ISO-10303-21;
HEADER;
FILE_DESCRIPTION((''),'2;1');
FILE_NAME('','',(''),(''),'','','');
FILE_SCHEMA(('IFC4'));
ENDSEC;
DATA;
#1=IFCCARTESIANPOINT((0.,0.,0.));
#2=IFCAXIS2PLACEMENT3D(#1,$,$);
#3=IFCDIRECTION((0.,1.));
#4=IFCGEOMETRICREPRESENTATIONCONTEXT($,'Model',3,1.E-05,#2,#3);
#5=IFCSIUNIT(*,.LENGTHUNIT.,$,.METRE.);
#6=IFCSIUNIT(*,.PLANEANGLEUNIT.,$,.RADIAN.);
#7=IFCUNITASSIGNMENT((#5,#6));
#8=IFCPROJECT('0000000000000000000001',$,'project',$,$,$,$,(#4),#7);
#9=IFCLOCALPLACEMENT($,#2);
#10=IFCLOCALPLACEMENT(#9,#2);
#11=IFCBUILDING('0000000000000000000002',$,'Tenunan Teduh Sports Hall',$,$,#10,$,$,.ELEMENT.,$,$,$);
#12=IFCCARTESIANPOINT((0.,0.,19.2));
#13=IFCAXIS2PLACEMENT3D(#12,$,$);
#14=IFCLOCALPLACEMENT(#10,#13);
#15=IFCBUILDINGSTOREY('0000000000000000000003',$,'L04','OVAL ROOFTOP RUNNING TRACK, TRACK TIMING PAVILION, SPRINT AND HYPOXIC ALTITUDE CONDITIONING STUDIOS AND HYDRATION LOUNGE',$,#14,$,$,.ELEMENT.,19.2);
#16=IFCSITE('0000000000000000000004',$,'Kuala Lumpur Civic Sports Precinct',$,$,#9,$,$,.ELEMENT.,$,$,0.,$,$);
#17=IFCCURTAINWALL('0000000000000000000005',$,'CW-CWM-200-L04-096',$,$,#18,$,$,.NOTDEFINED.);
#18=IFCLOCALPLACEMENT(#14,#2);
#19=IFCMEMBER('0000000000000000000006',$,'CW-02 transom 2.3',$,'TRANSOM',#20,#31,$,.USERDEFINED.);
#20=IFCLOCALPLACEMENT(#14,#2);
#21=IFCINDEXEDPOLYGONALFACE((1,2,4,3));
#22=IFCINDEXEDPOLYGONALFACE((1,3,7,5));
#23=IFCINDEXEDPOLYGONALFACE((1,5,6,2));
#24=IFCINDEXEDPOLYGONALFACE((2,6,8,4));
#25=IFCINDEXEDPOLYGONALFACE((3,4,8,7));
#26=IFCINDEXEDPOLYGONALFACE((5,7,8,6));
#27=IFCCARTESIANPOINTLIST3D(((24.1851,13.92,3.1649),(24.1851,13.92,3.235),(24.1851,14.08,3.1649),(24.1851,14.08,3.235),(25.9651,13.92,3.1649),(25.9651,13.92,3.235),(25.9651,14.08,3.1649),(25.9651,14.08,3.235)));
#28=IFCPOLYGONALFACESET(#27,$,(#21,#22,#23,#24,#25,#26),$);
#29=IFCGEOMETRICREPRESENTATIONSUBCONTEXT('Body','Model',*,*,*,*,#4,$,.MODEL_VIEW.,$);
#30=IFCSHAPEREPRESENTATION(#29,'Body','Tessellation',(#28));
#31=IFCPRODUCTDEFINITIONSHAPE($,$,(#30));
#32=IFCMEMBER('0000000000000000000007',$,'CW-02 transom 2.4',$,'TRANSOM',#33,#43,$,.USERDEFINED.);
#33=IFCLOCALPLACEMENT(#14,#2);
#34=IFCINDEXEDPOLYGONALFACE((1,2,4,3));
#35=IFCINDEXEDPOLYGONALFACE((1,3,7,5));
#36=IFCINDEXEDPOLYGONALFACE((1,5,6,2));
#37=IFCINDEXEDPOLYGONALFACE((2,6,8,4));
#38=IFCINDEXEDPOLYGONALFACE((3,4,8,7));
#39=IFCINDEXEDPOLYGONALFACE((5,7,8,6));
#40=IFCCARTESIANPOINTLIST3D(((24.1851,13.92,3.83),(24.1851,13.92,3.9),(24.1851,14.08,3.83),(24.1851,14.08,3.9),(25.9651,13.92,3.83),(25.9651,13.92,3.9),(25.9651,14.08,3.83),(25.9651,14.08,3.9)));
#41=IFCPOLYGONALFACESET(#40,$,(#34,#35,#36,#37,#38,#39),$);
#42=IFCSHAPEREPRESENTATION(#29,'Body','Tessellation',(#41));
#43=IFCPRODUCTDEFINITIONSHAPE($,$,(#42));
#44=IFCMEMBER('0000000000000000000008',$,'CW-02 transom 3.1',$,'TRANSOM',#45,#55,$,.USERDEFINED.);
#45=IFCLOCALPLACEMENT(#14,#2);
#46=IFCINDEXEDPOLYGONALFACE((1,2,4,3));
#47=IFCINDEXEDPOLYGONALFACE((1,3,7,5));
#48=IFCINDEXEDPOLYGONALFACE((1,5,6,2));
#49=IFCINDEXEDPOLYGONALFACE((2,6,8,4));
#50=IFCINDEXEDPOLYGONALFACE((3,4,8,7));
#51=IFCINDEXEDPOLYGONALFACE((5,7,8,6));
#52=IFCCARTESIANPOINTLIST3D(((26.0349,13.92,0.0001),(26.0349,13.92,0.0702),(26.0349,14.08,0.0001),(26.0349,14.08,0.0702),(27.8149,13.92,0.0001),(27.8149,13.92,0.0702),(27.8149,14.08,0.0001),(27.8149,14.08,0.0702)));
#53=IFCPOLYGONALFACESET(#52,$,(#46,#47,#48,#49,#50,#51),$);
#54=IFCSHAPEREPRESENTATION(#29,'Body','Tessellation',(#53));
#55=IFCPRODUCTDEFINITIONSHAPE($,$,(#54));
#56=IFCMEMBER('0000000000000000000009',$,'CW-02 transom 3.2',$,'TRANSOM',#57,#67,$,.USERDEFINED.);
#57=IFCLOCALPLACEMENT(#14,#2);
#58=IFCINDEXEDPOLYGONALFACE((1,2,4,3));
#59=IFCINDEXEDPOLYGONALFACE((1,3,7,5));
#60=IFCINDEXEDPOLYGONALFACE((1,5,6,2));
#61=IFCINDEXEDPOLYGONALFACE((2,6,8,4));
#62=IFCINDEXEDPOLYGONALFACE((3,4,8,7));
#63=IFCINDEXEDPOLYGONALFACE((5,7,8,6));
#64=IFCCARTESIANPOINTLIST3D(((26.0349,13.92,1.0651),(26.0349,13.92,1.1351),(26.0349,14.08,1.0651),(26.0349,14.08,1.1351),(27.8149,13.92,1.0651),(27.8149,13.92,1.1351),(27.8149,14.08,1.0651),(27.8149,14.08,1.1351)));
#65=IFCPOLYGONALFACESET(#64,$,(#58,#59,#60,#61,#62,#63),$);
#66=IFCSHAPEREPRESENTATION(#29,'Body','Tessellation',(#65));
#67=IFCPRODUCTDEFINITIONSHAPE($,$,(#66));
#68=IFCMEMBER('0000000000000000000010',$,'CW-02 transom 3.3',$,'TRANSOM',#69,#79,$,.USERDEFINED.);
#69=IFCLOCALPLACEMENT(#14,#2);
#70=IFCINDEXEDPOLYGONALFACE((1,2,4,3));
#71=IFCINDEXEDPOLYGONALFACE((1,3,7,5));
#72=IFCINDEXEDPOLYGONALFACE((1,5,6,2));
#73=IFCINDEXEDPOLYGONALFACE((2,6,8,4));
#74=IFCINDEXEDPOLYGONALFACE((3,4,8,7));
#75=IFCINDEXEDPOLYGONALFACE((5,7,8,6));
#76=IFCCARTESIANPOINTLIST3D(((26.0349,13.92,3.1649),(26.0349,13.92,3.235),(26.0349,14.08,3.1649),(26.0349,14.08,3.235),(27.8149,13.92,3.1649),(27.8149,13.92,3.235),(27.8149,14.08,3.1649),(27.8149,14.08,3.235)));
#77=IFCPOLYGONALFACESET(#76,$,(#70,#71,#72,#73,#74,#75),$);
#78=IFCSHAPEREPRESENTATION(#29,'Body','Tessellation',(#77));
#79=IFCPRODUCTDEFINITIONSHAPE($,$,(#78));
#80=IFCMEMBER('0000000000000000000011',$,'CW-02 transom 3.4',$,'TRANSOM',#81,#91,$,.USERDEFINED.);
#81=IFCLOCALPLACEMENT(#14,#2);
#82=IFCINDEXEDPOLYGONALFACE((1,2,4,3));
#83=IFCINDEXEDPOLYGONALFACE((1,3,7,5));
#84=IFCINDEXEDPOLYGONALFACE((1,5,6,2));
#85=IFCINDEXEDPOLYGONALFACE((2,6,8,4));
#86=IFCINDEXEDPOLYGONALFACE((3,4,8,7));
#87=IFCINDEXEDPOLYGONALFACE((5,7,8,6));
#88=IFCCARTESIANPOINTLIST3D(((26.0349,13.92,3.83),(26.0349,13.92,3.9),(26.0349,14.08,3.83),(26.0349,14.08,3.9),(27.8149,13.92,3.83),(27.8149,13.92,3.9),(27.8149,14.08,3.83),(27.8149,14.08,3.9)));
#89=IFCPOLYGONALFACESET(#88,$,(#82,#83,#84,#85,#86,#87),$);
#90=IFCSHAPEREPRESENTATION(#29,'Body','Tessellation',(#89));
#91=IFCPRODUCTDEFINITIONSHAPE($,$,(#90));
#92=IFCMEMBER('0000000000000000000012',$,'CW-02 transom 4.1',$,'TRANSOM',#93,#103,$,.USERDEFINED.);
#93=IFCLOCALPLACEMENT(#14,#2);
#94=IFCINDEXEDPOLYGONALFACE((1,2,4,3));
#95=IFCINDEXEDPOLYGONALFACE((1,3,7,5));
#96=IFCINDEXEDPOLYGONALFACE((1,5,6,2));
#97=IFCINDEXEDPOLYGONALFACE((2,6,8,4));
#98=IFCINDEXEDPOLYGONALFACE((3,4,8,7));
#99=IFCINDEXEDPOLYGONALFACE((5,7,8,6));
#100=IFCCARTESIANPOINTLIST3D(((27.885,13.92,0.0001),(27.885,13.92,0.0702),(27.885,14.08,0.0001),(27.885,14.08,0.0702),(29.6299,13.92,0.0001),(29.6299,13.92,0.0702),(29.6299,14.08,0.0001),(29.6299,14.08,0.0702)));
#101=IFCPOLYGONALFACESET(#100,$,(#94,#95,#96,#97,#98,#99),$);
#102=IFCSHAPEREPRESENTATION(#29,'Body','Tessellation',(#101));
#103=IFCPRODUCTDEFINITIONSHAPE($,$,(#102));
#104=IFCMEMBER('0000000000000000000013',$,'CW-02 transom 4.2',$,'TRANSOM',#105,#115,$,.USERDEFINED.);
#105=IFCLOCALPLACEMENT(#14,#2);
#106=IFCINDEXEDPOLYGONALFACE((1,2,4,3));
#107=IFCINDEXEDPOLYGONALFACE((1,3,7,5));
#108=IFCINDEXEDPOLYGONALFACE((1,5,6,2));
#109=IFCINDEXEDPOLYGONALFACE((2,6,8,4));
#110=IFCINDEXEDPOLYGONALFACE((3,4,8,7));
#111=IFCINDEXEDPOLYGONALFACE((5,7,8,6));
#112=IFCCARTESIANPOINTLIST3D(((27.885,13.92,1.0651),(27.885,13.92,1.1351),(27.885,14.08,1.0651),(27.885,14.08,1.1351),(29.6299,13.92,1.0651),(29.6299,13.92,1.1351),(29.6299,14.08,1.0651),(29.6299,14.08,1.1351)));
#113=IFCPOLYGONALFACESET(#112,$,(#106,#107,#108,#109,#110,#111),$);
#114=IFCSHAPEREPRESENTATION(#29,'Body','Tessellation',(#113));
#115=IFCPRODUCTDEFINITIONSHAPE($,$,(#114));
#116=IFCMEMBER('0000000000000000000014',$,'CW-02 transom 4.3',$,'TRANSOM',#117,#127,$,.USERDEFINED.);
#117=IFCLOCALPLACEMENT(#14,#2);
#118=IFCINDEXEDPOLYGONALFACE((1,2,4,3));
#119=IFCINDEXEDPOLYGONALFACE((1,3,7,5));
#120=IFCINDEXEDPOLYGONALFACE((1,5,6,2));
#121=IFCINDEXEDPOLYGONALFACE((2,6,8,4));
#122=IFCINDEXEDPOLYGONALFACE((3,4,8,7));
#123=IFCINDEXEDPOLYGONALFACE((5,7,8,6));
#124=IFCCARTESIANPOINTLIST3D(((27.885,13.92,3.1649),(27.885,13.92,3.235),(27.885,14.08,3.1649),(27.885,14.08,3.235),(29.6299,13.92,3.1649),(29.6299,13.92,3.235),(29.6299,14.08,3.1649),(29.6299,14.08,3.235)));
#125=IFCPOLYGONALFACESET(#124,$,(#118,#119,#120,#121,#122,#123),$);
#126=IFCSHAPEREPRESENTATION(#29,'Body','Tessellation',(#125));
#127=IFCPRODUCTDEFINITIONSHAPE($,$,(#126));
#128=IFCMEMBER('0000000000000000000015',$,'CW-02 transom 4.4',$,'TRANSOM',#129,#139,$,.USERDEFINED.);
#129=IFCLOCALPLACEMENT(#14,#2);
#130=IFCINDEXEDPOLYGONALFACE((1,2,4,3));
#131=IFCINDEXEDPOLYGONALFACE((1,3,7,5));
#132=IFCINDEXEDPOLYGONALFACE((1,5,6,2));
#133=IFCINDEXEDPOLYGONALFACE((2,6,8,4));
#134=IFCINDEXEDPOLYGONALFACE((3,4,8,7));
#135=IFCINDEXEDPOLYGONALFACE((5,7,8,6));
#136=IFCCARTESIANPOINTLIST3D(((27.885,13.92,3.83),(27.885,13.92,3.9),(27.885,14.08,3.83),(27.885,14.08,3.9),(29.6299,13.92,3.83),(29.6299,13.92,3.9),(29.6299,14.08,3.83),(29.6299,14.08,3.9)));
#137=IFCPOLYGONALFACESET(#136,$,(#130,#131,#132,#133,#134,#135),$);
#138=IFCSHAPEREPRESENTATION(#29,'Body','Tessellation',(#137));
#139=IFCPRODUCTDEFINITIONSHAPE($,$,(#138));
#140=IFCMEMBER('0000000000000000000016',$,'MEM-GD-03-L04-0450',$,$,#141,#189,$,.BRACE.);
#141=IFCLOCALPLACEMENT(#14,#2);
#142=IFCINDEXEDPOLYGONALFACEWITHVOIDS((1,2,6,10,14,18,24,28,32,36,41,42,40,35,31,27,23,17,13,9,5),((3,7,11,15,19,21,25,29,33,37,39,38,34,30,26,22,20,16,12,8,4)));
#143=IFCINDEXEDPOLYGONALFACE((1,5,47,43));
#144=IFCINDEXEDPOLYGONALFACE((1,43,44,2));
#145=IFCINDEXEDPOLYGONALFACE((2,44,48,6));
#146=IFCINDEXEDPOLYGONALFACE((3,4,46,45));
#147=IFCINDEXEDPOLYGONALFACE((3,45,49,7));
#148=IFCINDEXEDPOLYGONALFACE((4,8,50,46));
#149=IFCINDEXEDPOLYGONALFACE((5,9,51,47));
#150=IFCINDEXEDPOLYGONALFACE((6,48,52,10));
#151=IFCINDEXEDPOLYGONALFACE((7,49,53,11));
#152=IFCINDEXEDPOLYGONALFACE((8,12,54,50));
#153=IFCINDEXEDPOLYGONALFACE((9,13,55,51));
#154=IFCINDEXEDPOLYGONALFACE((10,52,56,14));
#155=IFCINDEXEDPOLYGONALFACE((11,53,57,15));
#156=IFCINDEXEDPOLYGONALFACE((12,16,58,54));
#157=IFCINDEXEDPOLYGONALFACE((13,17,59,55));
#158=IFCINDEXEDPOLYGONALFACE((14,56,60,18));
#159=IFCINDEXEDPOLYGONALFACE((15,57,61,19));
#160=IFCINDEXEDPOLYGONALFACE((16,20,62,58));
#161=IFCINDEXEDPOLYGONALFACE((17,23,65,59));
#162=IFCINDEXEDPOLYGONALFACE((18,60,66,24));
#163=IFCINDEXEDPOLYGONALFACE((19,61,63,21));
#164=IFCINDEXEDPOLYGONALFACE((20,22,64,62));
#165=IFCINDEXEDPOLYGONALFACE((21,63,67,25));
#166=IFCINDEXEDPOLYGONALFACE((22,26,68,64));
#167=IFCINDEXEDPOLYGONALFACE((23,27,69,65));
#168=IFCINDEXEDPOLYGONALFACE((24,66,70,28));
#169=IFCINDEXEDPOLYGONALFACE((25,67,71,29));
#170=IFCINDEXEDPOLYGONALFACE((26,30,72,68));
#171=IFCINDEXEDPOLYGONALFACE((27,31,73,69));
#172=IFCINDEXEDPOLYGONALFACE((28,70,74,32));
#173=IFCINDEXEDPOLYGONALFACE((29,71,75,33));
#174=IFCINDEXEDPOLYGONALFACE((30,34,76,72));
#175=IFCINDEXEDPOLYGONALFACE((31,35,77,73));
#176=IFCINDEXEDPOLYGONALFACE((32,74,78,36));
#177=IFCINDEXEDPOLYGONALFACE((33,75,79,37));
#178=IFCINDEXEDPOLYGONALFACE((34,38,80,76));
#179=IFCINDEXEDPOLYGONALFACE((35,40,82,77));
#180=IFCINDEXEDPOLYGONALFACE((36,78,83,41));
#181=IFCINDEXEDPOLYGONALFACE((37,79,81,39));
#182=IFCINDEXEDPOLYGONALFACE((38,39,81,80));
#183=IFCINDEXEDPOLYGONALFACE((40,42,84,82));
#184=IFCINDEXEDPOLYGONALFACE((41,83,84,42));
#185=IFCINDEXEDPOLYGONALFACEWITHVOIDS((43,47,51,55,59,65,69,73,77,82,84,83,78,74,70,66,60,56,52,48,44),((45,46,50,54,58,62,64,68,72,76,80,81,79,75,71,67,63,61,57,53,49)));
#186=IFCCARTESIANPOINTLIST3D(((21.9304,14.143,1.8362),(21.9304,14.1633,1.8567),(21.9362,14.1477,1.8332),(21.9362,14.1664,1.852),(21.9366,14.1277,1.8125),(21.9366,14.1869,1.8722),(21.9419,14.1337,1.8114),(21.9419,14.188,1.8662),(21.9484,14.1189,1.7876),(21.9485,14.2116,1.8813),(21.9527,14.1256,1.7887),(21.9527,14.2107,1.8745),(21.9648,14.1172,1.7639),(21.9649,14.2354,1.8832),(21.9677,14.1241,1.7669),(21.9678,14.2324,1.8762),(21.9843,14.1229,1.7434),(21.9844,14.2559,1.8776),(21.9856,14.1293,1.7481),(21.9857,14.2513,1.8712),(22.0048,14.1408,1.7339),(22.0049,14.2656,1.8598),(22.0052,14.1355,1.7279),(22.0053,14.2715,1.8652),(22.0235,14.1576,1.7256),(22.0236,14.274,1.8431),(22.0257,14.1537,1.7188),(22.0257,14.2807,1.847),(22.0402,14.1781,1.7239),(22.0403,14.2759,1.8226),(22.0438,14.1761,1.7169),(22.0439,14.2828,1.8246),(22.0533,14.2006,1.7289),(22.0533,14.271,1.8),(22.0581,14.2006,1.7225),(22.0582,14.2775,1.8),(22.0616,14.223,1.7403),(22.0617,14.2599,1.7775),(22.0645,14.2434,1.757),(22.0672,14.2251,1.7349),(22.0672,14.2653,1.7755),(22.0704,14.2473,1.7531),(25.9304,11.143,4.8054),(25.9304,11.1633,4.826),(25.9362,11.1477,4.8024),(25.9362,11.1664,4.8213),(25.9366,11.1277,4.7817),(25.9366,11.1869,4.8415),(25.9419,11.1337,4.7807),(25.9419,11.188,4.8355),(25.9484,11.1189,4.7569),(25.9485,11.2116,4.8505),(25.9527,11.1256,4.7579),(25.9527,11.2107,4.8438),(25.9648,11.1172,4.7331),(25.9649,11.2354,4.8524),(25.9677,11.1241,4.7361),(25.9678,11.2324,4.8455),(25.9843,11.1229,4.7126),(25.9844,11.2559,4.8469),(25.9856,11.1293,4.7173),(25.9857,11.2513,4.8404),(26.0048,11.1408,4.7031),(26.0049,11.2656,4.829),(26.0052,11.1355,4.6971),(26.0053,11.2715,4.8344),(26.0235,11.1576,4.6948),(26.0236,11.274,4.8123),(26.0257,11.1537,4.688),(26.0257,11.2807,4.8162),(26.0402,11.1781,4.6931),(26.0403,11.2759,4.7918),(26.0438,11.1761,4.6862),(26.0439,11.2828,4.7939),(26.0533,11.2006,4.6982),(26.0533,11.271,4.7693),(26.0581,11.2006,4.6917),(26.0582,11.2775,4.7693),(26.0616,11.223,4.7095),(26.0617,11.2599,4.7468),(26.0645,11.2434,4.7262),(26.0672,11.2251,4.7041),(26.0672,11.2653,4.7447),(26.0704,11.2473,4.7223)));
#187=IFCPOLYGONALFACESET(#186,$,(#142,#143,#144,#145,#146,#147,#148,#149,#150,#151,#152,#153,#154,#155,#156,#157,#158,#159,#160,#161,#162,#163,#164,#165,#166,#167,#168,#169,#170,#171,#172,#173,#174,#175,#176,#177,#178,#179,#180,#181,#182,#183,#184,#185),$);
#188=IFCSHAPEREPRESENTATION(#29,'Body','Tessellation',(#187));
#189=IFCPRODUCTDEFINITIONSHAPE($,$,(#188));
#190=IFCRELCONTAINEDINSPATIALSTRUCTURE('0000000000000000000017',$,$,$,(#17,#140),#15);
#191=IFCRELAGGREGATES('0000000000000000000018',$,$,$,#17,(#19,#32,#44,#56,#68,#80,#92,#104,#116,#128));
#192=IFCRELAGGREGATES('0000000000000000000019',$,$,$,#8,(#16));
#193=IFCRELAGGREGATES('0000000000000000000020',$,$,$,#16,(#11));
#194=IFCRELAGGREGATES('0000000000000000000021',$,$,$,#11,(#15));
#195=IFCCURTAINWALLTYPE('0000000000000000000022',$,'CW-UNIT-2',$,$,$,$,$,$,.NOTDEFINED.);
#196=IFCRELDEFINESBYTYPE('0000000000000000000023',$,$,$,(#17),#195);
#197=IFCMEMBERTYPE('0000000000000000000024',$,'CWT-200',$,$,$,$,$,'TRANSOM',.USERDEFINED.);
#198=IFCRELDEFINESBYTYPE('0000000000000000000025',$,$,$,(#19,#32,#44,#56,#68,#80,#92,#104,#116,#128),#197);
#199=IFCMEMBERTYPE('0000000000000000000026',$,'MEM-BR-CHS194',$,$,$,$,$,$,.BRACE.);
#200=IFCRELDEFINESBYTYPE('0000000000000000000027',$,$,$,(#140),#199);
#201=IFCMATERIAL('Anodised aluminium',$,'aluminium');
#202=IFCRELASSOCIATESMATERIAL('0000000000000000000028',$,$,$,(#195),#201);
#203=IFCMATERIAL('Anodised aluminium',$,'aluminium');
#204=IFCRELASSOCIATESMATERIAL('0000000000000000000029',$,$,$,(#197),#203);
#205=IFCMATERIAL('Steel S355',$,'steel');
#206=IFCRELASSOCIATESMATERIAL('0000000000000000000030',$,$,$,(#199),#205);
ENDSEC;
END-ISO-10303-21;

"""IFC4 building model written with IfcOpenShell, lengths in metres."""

from ifc_helpers import new_model, si_unit, direction, frame, origin, origin_2d, place, context, subcontext, project, spatial, rectangle, hollow_circle, extrude, material, material_profile, profile_set, type_object, element, aggregate, save


model = new_model("IFC4")

# Units and contexts
model_context = context("Model", 3, precision=1e-05, world=origin(), true_north=direction((0.0, 1.0)))
body_context = subcontext(model_context, "Body", "Model", "MODEL_VIEW")
ifc_project = project(units=[si_unit("LENGTHUNIT", "METRE"), si_unit("PLANEANGLEUNIT", "RADIAN")], contexts=[model_context])

# Site, building, storey
site_placement = place(None, origin())
site = spatial("IfcSite", under=ifc_project, at=site_placement, Name="Kuala Lumpur Civic Sports Precinct", CompositionType="ELEMENT", RefElevation=0.0)
building_placement = place(site_placement, origin())
building = spatial("IfcBuilding", under=site, at=building_placement, Name="Tenunan Teduh Sports Hall", CompositionType="ELEMENT")
storey_placement = place(building_placement, frame((0.0, 0.0, 19.2)))
storey = spatial("IfcBuildingStorey", under=building, at=storey_placement, Name="L04", Description="OVAL ROOFTOP RUNNING TRACK, TRACK TIMING PAVILION, SPRINT AND HYPOXIC ALTITUDE CONDITIONING STUDIOS AND HYDRATION LOUNGE", CompositionType="ELEMENT", Elevation=19.2)

# Curtain wall, members
ifc_material_1 = material(Name="Anodised aluminium", Category="aluminium")
curtain_wall_type = type_object("IfcCurtainWallType", Name="CW-UNIT-2", PredefinedType="NOTDEFINED", material=ifc_material_1)
curtain_wall_placement = place(storey_placement, origin())
curtain_wall = element("IfcCurtainWall", 1, at=curtain_wall_placement, inside=storey, type_object=curtain_wall_type, Name="CW-CWM-200-L04-096", PredefinedType="NOTDEFINED")
ifc_material_2 = material(Name="Anodised aluminium", Category="aluminium")
ifc_material_profile_1 = material_profile(ifc_material_2, rectangle(XDim=0.0701, YDim=0.1599, at=origin_2d()), Name="CWT 70x160")
ifc_profile_set_1 = profile_set([ifc_material_profile_1], Name="Anodised aluminium")
member_type_1 = type_object("IfcMemberType", Name="CWT-200", ElementType="TRANSOM", PredefinedType="USERDEFINED", material=ifc_profile_set_1)
member_1_placement = place(storey_placement, frame((24.1851, 14.0, 3.2), z_axis=(1.0, 0.0, 0.0), x_axis=(0.0, 0.0, 1.0)))
member_1 = element("IfcMember", 2, at=member_1_placement, type_object=member_type_1, Name="CW-02 transom 2.3", ObjectType="TRANSOM", PredefinedType="USERDEFINED", context=body_context, shape_type="SweptSolid", body=[
    extrude(rectangle(XDim=0.0701, YDim=0.1599, at=origin_2d()), origin(), (0.0, 0.0, 1.0), 1.78),
])
member_2_placement = place(storey_placement, frame((24.1851, 14.0, 3.865), z_axis=(1.0, 0.0, 0.0), x_axis=(0.0, 0.0, 1.0)))
member_2 = element("IfcMember", 3, at=member_2_placement, type_object=member_type_1, Name="CW-02 transom 2.4", ObjectType="TRANSOM", PredefinedType="USERDEFINED", context=body_context, shape_type="SweptSolid", body=[
    extrude(rectangle(XDim=0.0701, YDim=0.1599, at=origin_2d()), origin(), (0.0, 0.0, 1.0), 1.78),
])
member_3_placement = place(storey_placement, frame((26.0349, 14.0, 0.0352), z_axis=(1.0, 0.0, 0.0), x_axis=(0.0, 0.0, 1.0)))
member_3 = element("IfcMember", 4, at=member_3_placement, type_object=member_type_1, Name="CW-02 transom 3.1", ObjectType="TRANSOM", PredefinedType="USERDEFINED", context=body_context, shape_type="SweptSolid", body=[
    extrude(rectangle(XDim=0.0701, YDim=0.1599, at=origin_2d()), origin(), (0.0, 0.0, 1.0), 1.78),
])
member_4_placement = place(storey_placement, frame((26.0349, 14.0, 1.1001), z_axis=(1.0, 0.0, 0.0), x_axis=(0.0, 0.0, 1.0)))
member_4 = element("IfcMember", 5, at=member_4_placement, type_object=member_type_1, Name="CW-02 transom 3.2", ObjectType="TRANSOM", PredefinedType="USERDEFINED", context=body_context, shape_type="SweptSolid", body=[
    extrude(rectangle(XDim=0.0701, YDim=0.1599, at=origin_2d()), origin(), (0.0, 0.0, 1.0), 1.78),
])
member_5_placement = place(storey_placement, frame((26.0349, 14.0, 3.2), z_axis=(1.0, 0.0, 0.0), x_axis=(0.0, 0.0, 1.0)))
member_5 = element("IfcMember", 6, at=member_5_placement, type_object=member_type_1, Name="CW-02 transom 3.3", ObjectType="TRANSOM", PredefinedType="USERDEFINED", context=body_context, shape_type="SweptSolid", body=[
    extrude(rectangle(XDim=0.0701, YDim=0.1599, at=origin_2d()), origin(), (0.0, 0.0, 1.0), 1.78),
])
member_6_placement = place(storey_placement, frame((26.0349, 14.0, 3.865), z_axis=(1.0, 0.0, 0.0), x_axis=(0.0, 0.0, 1.0)))
member_6 = element("IfcMember", 7, at=member_6_placement, type_object=member_type_1, Name="CW-02 transom 3.4", ObjectType="TRANSOM", PredefinedType="USERDEFINED", context=body_context, shape_type="SweptSolid", body=[
    extrude(rectangle(XDim=0.0701, YDim=0.1599, at=origin_2d()), origin(), (0.0, 0.0, 1.0), 1.78),
])
member_7_placement = place(storey_placement, frame((27.885, 14.0, 0.0352), z_axis=(1.0, 0.0, 0.0), x_axis=(0.0, 0.0, 1.0)))
member_7 = element("IfcMember", 8, at=member_7_placement, type_object=member_type_1, Name="CW-02 transom 4.1", ObjectType="TRANSOM", PredefinedType="USERDEFINED", context=body_context, shape_type="SweptSolid", body=[
    extrude(rectangle(XDim=0.0701, YDim=0.1599, at=origin_2d()), origin(), (0.0, 0.0, 1.0), 1.7449),
])
member_8_placement = place(storey_placement, frame((27.885, 14.0, 1.1001), z_axis=(1.0, 0.0, 0.0), x_axis=(0.0, 0.0, 1.0)))
member_8 = element("IfcMember", 9, at=member_8_placement, type_object=member_type_1, Name="CW-02 transom 4.2", ObjectType="TRANSOM", PredefinedType="USERDEFINED", context=body_context, shape_type="SweptSolid", body=[
    extrude(rectangle(XDim=0.0701, YDim=0.1599, at=origin_2d()), origin(), (0.0, 0.0, 1.0), 1.7449),
])
member_9_placement = place(storey_placement, frame((27.885, 14.0, 3.2), z_axis=(1.0, 0.0, 0.0), x_axis=(0.0, 0.0, 1.0)))
member_9 = element("IfcMember", 10, at=member_9_placement, type_object=member_type_1, Name="CW-02 transom 4.3", ObjectType="TRANSOM", PredefinedType="USERDEFINED", context=body_context, shape_type="SweptSolid", body=[
    extrude(rectangle(XDim=0.0701, YDim=0.1599, at=origin_2d()), origin(), (0.0, 0.0, 1.0), 1.7449),
])
member_10_placement = place(storey_placement, frame((27.885, 14.0, 3.865), z_axis=(1.0, 0.0, 0.0), x_axis=(0.0, 0.0, 1.0)))
member_10 = element("IfcMember", 11, at=member_10_placement, type_object=member_type_1, Name="CW-02 transom 4.4", ObjectType="TRANSOM", PredefinedType="USERDEFINED", context=body_context, shape_type="SweptSolid", body=[
    extrude(rectangle(XDim=0.0701, YDim=0.1599, at=origin_2d()), origin(), (0.0, 0.0, 1.0), 1.7449),
])

# Member
ifc_material_3 = material(Name="Steel S355", Category="steel")
ifc_material_profile_2 = material_profile(ifc_material_3, hollow_circle(Radius=0.0969, WallThickness=0.0081, at=origin_2d()), Name="CHS 193.7x8.0")
ifc_profile_set_2 = profile_set([ifc_material_profile_2], Name="Steel S355")
member_type_2 = type_object("IfcMemberType", Name="MEM-BR-CHS194", PredefinedType="BRACE", material=ifc_profile_set_2)
for number, where, z_axis, x_axis, name in (
    (12, (22.0, 14.2, 1.8), (0.687854, -0.515891, 0.510601), (0.6, 0.8, 0.0), "MEM-GD-03-L04-0450"),
):
    element("IfcMember", number, at=place(storey_placement, frame(where, z_axis=z_axis, x_axis=x_axis)), inside=storey, type_object=member_type_2, Name=name, PredefinedType="BRACE", context=body_context, shape_type="SweptSolid", body=[
        extrude(hollow_circle(Radius=0.0969, WallThickness=0.0081, at=origin_2d()), origin(), (0.0, 0.0, 1.0), 5.8152),
    ])

aggregate(curtain_wall, [member_1, member_2, member_3, member_4, member_5, member_6, member_7, member_8, member_9, member_10])

save(model, "model.ifc")
